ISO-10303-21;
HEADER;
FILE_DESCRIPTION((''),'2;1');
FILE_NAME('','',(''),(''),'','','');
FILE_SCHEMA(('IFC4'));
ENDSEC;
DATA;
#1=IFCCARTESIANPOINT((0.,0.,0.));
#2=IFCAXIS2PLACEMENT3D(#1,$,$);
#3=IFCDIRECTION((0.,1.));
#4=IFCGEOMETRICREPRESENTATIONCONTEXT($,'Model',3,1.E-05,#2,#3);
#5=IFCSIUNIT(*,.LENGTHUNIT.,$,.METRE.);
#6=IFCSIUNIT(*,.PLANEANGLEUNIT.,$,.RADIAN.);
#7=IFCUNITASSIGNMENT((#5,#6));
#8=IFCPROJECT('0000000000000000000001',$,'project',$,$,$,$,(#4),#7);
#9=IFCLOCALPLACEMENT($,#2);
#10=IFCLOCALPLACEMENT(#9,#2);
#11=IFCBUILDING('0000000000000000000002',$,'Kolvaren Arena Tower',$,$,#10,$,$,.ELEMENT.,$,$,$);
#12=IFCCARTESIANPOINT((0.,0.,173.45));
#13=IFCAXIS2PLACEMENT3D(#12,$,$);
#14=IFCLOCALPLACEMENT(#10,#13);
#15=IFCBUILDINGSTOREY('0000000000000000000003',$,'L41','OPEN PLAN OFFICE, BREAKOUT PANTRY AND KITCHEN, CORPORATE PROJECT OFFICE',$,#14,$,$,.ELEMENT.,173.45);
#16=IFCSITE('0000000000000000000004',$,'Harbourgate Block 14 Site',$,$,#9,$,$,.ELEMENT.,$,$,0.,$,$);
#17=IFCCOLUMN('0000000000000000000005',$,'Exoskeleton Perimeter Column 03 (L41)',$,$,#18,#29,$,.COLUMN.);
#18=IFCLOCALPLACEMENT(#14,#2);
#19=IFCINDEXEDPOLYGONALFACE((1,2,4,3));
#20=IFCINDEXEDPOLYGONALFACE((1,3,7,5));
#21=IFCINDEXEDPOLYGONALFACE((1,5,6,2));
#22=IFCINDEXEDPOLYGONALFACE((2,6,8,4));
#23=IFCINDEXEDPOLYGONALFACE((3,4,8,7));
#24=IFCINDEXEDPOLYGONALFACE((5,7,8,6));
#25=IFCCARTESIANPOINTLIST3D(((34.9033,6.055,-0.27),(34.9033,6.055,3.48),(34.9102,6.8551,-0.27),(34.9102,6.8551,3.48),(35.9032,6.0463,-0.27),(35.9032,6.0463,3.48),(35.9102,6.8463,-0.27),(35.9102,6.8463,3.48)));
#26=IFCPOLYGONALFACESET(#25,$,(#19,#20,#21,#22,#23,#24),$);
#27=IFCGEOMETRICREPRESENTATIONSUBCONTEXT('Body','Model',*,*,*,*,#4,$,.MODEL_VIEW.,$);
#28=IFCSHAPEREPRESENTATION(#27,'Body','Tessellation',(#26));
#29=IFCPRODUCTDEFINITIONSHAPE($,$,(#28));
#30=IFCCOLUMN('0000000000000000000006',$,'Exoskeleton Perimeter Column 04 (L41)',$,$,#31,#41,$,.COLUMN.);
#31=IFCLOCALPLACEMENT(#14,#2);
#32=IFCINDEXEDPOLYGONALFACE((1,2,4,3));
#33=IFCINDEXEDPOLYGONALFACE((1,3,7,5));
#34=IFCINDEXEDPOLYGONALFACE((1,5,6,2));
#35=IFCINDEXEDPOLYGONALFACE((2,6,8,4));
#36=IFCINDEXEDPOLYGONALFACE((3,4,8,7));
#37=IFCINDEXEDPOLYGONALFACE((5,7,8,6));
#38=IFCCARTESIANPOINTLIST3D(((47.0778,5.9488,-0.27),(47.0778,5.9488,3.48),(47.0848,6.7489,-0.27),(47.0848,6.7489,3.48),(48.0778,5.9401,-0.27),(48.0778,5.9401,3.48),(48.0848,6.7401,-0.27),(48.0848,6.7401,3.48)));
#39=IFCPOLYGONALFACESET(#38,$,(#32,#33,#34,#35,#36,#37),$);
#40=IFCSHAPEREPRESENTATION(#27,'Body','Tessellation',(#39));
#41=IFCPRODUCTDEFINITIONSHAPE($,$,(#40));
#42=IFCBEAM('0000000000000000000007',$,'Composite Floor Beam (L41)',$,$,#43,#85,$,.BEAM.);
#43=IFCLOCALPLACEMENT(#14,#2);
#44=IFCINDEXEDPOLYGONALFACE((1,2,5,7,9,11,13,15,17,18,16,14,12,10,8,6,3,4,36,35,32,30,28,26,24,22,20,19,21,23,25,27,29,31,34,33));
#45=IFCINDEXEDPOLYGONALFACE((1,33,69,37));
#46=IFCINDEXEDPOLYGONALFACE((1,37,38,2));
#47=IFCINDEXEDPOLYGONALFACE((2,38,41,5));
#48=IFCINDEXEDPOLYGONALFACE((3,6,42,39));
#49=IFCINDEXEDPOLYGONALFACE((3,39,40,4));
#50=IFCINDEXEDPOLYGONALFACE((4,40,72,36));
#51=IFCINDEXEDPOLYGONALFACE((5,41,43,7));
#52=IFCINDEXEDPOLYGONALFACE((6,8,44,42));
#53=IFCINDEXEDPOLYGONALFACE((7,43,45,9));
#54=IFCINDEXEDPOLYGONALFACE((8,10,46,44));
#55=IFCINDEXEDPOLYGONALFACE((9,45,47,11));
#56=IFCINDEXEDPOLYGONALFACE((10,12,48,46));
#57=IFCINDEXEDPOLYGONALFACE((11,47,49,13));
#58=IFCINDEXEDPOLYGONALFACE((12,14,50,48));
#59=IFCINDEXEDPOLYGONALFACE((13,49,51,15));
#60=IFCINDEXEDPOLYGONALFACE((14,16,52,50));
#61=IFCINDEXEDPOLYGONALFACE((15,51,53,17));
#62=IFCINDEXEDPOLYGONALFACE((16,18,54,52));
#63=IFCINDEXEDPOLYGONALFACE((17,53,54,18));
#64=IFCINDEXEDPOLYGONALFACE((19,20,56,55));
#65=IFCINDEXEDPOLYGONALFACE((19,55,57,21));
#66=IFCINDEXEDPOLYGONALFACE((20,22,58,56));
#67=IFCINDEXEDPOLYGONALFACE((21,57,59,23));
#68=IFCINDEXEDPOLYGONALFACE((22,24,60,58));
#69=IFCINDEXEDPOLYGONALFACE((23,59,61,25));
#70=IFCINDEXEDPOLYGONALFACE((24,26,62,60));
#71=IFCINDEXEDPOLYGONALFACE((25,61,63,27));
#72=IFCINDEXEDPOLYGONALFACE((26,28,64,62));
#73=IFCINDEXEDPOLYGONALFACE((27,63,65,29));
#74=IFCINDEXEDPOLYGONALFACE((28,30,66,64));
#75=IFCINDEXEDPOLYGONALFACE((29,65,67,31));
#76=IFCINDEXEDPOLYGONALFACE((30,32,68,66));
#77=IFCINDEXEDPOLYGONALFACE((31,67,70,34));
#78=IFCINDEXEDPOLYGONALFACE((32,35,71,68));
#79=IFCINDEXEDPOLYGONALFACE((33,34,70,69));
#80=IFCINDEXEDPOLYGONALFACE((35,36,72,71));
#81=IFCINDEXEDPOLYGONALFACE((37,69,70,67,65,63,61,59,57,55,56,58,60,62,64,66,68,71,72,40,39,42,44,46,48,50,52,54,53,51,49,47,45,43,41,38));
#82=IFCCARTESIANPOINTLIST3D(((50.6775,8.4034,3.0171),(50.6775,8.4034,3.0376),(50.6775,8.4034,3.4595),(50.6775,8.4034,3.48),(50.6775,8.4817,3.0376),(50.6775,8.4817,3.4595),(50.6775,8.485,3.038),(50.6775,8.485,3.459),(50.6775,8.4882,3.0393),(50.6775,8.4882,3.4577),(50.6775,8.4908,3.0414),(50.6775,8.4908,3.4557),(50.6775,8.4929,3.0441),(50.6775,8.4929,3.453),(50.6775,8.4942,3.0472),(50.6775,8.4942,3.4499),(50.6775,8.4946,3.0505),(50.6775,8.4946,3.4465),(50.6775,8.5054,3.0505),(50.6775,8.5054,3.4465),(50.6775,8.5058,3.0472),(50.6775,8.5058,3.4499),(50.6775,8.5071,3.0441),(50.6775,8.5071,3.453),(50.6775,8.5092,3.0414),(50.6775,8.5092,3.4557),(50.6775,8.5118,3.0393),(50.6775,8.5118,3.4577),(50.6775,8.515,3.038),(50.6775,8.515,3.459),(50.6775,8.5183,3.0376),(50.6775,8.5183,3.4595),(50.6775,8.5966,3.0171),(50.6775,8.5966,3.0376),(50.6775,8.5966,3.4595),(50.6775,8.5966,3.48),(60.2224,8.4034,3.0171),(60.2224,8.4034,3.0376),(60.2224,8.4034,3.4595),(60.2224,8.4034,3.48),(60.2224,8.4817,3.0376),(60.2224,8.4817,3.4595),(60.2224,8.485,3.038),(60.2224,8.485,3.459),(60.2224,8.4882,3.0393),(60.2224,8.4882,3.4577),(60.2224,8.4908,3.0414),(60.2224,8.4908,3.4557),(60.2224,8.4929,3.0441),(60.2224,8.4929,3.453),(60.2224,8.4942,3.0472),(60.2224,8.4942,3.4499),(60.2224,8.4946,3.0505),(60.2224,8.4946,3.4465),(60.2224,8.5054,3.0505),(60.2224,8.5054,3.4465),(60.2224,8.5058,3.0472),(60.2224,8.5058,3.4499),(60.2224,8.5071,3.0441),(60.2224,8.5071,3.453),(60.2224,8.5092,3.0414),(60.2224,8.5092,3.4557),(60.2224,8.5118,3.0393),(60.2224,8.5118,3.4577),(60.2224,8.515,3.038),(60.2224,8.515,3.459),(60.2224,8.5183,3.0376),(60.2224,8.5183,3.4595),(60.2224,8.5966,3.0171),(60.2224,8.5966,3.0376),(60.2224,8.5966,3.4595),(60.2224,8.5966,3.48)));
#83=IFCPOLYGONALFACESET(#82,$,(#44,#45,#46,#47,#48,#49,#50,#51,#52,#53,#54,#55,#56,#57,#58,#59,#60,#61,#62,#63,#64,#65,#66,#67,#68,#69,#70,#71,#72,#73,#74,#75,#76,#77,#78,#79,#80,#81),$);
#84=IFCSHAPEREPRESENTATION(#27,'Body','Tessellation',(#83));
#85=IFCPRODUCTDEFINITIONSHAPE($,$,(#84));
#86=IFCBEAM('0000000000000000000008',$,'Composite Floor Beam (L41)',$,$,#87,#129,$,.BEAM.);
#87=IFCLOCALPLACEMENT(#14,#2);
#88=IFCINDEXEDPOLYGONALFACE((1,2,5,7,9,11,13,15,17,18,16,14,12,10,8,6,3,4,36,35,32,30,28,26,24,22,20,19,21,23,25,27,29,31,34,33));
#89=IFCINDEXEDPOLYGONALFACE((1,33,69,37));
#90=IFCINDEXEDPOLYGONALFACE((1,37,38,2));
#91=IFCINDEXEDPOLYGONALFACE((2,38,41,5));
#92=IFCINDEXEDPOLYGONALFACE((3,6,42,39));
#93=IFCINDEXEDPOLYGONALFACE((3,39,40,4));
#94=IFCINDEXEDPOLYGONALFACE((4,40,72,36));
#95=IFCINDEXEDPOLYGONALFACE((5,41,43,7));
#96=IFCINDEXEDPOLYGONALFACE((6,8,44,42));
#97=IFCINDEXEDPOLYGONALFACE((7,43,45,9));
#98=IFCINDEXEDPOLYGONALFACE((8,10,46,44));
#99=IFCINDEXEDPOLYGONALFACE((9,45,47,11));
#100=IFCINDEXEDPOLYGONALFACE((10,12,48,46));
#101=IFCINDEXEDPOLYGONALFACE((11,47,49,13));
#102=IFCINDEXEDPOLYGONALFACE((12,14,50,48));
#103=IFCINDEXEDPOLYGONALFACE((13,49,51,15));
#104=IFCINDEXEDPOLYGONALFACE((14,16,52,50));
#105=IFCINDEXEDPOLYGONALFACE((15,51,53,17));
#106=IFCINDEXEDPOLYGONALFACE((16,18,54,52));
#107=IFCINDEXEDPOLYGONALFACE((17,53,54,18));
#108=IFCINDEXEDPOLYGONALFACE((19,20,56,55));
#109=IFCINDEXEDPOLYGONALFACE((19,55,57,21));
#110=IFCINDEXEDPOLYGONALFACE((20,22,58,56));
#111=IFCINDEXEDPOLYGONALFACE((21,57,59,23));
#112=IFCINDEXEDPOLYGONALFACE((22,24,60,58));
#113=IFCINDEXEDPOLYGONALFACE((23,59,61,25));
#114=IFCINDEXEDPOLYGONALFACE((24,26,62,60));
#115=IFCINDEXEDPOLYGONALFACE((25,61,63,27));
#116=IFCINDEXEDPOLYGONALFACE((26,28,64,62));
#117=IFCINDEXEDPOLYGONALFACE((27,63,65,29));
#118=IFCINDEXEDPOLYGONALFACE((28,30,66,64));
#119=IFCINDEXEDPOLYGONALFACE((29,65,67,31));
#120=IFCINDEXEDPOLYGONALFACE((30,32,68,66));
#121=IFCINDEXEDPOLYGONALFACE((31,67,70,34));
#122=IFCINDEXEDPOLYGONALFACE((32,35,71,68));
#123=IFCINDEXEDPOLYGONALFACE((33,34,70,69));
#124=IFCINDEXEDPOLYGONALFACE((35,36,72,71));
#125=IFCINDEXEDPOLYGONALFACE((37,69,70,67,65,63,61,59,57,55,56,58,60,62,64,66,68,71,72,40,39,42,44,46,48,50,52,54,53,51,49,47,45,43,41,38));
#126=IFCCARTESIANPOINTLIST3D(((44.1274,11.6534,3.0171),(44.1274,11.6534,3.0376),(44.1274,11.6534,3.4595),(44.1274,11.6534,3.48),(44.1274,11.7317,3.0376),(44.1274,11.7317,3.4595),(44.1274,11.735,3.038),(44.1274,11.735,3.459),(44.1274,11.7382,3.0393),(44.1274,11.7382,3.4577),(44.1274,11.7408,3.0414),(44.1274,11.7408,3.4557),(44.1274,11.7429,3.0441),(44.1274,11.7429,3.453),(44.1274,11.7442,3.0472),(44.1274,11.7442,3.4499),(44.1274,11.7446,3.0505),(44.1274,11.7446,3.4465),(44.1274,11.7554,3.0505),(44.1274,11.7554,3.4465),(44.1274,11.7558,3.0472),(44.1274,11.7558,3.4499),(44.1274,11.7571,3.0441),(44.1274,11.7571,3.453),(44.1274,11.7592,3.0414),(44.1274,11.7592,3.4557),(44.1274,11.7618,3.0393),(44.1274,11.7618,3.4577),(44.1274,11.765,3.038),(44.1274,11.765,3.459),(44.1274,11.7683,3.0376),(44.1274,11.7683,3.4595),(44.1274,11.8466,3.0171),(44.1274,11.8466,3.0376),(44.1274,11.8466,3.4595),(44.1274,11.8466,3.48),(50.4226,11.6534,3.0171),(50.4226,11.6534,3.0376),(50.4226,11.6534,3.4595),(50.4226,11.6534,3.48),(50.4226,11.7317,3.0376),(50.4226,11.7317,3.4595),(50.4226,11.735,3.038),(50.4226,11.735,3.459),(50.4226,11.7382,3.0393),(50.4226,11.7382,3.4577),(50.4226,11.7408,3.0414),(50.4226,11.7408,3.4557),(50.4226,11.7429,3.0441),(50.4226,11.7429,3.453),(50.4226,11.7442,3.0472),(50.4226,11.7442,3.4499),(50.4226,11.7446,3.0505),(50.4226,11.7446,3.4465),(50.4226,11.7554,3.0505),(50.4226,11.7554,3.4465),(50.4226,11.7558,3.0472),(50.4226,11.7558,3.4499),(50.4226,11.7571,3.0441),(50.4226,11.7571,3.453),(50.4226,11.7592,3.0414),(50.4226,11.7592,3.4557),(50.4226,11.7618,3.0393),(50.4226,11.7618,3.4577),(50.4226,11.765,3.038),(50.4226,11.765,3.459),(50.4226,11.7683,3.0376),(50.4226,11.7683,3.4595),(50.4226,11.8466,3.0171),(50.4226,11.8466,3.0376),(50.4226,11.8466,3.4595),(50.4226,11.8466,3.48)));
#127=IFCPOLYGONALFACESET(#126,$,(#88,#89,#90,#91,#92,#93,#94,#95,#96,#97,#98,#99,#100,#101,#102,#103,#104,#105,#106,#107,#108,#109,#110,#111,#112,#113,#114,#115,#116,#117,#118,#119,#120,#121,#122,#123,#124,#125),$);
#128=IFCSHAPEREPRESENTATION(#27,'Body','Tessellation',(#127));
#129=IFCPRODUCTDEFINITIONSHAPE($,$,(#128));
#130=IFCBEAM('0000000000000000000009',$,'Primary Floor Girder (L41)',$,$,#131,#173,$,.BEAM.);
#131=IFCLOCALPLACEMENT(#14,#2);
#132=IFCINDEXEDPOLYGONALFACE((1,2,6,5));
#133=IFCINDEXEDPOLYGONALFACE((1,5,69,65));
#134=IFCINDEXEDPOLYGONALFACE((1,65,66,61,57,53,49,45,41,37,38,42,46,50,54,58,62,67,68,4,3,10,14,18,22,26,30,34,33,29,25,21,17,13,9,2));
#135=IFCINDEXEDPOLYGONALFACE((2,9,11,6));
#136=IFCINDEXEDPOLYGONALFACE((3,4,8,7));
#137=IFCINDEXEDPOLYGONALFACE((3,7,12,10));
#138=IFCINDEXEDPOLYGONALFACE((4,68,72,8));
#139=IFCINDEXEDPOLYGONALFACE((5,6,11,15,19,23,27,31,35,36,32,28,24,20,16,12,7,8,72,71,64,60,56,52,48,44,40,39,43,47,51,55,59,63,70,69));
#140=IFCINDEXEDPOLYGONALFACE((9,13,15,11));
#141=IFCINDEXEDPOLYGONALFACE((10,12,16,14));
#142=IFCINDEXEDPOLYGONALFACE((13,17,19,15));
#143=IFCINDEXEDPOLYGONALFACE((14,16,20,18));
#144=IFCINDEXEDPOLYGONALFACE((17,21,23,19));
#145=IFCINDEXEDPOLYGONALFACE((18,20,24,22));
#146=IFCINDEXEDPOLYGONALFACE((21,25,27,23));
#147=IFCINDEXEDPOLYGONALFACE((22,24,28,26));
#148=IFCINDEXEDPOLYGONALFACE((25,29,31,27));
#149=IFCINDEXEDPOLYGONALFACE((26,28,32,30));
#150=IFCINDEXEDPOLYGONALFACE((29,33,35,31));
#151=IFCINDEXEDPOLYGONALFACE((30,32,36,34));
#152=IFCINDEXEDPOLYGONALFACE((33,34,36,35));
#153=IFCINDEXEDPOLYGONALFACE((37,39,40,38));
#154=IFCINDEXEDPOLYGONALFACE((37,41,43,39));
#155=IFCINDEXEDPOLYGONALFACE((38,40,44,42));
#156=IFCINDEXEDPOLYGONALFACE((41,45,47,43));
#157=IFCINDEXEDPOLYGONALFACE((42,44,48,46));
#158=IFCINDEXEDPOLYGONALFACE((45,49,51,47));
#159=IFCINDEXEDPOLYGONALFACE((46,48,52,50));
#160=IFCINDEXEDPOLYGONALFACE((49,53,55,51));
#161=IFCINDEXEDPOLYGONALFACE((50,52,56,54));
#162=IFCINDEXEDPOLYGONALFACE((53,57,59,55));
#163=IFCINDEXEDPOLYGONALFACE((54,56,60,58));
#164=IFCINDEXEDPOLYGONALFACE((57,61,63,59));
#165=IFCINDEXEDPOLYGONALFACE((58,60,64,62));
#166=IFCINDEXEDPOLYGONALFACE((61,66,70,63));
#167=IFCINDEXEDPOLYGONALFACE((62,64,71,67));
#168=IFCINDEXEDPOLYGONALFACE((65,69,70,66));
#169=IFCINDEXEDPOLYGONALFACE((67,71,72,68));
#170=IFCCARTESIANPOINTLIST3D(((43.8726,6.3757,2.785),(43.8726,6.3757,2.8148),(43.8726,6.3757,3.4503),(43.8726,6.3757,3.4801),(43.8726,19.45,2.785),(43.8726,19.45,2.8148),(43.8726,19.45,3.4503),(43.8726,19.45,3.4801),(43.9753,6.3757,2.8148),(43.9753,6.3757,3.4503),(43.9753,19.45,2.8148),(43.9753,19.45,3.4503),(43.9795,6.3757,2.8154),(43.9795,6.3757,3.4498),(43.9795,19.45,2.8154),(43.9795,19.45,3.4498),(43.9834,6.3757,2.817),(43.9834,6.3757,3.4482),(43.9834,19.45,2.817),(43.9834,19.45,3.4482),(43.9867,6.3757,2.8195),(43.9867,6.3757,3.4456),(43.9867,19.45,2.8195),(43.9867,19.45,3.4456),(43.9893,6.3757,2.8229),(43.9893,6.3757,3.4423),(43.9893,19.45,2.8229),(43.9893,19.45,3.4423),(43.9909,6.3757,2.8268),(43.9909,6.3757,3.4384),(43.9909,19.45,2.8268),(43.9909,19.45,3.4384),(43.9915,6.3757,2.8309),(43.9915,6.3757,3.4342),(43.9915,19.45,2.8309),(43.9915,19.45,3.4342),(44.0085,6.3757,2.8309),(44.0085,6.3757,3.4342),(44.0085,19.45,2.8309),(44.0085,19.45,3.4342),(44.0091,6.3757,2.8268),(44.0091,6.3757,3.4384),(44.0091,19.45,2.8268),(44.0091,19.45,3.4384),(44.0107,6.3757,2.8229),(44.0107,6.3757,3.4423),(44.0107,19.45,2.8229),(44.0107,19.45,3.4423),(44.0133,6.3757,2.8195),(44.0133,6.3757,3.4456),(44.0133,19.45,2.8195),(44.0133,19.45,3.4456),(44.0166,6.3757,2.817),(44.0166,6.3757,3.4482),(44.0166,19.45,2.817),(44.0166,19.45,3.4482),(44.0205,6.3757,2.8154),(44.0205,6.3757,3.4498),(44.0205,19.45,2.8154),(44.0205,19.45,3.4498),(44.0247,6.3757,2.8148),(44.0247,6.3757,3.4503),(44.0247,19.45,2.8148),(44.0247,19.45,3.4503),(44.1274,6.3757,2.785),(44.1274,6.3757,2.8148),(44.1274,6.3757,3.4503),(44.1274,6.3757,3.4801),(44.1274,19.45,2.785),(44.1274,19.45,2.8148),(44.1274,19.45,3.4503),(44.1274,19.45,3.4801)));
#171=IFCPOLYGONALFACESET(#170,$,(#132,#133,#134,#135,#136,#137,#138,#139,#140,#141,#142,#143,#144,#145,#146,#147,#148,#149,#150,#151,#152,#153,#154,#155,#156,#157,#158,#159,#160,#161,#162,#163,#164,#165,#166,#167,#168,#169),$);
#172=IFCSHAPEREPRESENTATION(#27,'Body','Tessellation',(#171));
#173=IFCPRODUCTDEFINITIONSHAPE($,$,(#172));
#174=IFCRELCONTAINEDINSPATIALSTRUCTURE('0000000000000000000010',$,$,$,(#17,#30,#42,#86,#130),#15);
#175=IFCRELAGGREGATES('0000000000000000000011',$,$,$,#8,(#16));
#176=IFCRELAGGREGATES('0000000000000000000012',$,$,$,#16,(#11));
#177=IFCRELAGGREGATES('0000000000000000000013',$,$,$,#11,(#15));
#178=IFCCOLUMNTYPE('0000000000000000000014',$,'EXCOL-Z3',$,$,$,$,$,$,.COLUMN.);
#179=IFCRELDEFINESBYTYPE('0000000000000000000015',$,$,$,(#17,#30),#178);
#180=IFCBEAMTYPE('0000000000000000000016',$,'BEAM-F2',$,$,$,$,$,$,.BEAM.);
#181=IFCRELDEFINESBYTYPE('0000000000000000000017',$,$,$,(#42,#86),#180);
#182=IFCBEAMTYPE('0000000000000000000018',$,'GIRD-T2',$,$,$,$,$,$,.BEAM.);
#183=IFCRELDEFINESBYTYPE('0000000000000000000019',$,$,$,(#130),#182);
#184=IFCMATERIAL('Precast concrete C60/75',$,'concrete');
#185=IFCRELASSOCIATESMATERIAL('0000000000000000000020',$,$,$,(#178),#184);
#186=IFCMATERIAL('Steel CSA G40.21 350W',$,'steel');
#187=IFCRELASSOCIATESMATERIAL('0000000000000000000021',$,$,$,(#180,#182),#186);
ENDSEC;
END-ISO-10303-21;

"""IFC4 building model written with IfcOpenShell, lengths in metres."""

from ifc_helpers import new_model, si_unit, direction, frame, origin, origin_2d, place, context, subcontext, project, spatial, rectangle, i_section, extrude, material, material_profile, profile_set, type_object, element, save


model = new_model("IFC4")

# Units and contexts
model_context = context("Model", 3, precision=1e-05, world=origin(), true_north=direction((0.0, 1.0)))
body_context = subcontext(model_context, "Body", "Model", "MODEL_VIEW")
ifc_project = project(units=[si_unit("LENGTHUNIT", "METRE"), si_unit("PLANEANGLEUNIT", "RADIAN")], contexts=[model_context])

# Site, building, storey
site_placement = place(None, origin())
site = spatial("IfcSite", under=ifc_project, at=site_placement, Name="Harbourgate Block 14 Site", CompositionType="ELEMENT", RefElevation=0.0)
building_placement = place(site_placement, origin())
building = spatial("IfcBuilding", under=site, at=building_placement, Name="Kolvaren Arena Tower", CompositionType="ELEMENT")
storey_placement = place(building_placement, frame((0.0, 0.0, 173.45)))
storey = spatial("IfcBuildingStorey", under=building, at=storey_placement, Name="L41", Description="OPEN PLAN OFFICE, BREAKOUT PANTRY AND KITCHEN, CORPORATE PROJECT OFFICE", CompositionType="ELEMENT", Elevation=173.45)

# Columns
ifc_material_1 = material(Name="Precast concrete C60/75", Category="concrete")
ifc_material_profile_1 = material_profile(ifc_material_1, rectangle(XDim=1.0, YDim=0.8, at=origin_2d()), Name="RC-1000x800")
ifc_profile_set_1 = profile_set([ifc_material_profile_1], Name="Precast concrete C60/75")
column_type = type_object("IfcColumnType", Name="EXCOL-Z3", PredefinedType="COLUMN", material=ifc_profile_set_1)
for number, where, z_axis, x_axis, name in (
    (1, (35.4067, 6.4507, -0.27), (0.0, 0.0, 1.0), (0.999962, -0.008727, 0.0), "Exoskeleton Perimeter Column 03 (L41)"),
    (2, (47.5813, 6.3445, -0.27), (0.0, 0.0, 1.0), (0.999962, -0.008727, 0.0), "Exoskeleton Perimeter Column 04 (L41)"),
):
    element("IfcColumn", number, at=place(storey_placement, frame(where, z_axis=z_axis, x_axis=x_axis)), inside=storey, type_object=column_type, Name=name, PredefinedType="COLUMN", context=body_context, shape_type="SweptSolid", body=[
        extrude(rectangle(XDim=1.0, YDim=0.8, at=origin_2d()), origin(), (0.0, 0.0, 1.0), 3.75),
    ])

# Beams
ifc_material_2 = material(Name="Steel CSA G40.21 350W", Category="steel")
ifc_material_profile_2 = material_profile(ifc_material_2, i_section(OverallWidth=0.1931, OverallDepth=0.4629, WebThickness=0.0107, FlangeThickness=0.0205, FilletRadius=0.0129, at=origin_2d()), Name="W460x113")
ifc_profile_set_2 = profile_set([ifc_material_profile_2], Name="Steel CSA G40.21 350W")
beam_type_1 = type_object("IfcBeamType", Name="BEAM-F2", PredefinedType="BEAM", material=ifc_profile_set_2)
beam_1_placement = place(storey_placement, frame((50.6775, 8.5, 3.2485), z_axis=(1.0, 0.0, 0.0), x_axis=(0.0, 1.0, 0.0)))
element("IfcBeam", 3, at=beam_1_placement, inside=storey, type_object=beam_type_1, Name="Composite Floor Beam (L41)", PredefinedType="BEAM", context=body_context, shape_type="SweptSolid", body=[
    extrude(i_section(OverallWidth=0.1931, OverallDepth=0.4629, WebThickness=0.0107, FlangeThickness=0.0205, FilletRadius=0.0129, at=origin_2d()), origin(), (0.0, 0.0, 1.0), 9.5449),
])
beam_2_placement = place(storey_placement, frame((44.1274, 11.75, 3.2485), z_axis=(1.0, 0.0, 0.0), x_axis=(0.0, 1.0, 0.0)))
element("IfcBeam", 4, at=beam_2_placement, inside=storey, type_object=beam_type_1, Name="Composite Floor Beam (L41)", PredefinedType="BEAM", context=body_context, shape_type="SweptSolid", body=[
    extrude(i_section(OverallWidth=0.1931, OverallDepth=0.4629, WebThickness=0.0107, FlangeThickness=0.0205, FilletRadius=0.0129, at=origin_2d()), origin(), (0.0, 0.0, 1.0), 6.2952),
])
ifc_material_profile_3 = material_profile(ifc_material_2, i_section(OverallWidth=0.2549, OverallDepth=0.6951, WebThickness=0.0171, FlangeThickness=0.0298, FilletRadius=0.0161, at=origin_2d()), Name="W690x217")
ifc_profile_set_3 = profile_set([ifc_material_profile_3], Name="Steel CSA G40.21 350W")
beam_type_2 = type_object("IfcBeamType", Name="GIRD-T2", PredefinedType="BEAM", material=ifc_profile_set_3)
beam_3_placement = place(storey_placement, frame((44.0, 6.3757, 3.1326), z_axis=(0.0, 1.0, 0.0), x_axis=(-1.0, 0.0, 0.0)))
element("IfcBeam", 5, at=beam_3_placement, inside=storey, type_object=beam_type_2, Name="Primary Floor Girder (L41)", PredefinedType="BEAM", context=body_context, shape_type="SweptSolid", body=[
    extrude(i_section(OverallWidth=0.2549, OverallDepth=0.6951, WebThickness=0.0171, FlangeThickness=0.0298, FilletRadius=0.0161, at=origin_2d()), origin(), (0.0, 0.0, 1.0), 13.0742),
])

save(model, "model.ifc")
